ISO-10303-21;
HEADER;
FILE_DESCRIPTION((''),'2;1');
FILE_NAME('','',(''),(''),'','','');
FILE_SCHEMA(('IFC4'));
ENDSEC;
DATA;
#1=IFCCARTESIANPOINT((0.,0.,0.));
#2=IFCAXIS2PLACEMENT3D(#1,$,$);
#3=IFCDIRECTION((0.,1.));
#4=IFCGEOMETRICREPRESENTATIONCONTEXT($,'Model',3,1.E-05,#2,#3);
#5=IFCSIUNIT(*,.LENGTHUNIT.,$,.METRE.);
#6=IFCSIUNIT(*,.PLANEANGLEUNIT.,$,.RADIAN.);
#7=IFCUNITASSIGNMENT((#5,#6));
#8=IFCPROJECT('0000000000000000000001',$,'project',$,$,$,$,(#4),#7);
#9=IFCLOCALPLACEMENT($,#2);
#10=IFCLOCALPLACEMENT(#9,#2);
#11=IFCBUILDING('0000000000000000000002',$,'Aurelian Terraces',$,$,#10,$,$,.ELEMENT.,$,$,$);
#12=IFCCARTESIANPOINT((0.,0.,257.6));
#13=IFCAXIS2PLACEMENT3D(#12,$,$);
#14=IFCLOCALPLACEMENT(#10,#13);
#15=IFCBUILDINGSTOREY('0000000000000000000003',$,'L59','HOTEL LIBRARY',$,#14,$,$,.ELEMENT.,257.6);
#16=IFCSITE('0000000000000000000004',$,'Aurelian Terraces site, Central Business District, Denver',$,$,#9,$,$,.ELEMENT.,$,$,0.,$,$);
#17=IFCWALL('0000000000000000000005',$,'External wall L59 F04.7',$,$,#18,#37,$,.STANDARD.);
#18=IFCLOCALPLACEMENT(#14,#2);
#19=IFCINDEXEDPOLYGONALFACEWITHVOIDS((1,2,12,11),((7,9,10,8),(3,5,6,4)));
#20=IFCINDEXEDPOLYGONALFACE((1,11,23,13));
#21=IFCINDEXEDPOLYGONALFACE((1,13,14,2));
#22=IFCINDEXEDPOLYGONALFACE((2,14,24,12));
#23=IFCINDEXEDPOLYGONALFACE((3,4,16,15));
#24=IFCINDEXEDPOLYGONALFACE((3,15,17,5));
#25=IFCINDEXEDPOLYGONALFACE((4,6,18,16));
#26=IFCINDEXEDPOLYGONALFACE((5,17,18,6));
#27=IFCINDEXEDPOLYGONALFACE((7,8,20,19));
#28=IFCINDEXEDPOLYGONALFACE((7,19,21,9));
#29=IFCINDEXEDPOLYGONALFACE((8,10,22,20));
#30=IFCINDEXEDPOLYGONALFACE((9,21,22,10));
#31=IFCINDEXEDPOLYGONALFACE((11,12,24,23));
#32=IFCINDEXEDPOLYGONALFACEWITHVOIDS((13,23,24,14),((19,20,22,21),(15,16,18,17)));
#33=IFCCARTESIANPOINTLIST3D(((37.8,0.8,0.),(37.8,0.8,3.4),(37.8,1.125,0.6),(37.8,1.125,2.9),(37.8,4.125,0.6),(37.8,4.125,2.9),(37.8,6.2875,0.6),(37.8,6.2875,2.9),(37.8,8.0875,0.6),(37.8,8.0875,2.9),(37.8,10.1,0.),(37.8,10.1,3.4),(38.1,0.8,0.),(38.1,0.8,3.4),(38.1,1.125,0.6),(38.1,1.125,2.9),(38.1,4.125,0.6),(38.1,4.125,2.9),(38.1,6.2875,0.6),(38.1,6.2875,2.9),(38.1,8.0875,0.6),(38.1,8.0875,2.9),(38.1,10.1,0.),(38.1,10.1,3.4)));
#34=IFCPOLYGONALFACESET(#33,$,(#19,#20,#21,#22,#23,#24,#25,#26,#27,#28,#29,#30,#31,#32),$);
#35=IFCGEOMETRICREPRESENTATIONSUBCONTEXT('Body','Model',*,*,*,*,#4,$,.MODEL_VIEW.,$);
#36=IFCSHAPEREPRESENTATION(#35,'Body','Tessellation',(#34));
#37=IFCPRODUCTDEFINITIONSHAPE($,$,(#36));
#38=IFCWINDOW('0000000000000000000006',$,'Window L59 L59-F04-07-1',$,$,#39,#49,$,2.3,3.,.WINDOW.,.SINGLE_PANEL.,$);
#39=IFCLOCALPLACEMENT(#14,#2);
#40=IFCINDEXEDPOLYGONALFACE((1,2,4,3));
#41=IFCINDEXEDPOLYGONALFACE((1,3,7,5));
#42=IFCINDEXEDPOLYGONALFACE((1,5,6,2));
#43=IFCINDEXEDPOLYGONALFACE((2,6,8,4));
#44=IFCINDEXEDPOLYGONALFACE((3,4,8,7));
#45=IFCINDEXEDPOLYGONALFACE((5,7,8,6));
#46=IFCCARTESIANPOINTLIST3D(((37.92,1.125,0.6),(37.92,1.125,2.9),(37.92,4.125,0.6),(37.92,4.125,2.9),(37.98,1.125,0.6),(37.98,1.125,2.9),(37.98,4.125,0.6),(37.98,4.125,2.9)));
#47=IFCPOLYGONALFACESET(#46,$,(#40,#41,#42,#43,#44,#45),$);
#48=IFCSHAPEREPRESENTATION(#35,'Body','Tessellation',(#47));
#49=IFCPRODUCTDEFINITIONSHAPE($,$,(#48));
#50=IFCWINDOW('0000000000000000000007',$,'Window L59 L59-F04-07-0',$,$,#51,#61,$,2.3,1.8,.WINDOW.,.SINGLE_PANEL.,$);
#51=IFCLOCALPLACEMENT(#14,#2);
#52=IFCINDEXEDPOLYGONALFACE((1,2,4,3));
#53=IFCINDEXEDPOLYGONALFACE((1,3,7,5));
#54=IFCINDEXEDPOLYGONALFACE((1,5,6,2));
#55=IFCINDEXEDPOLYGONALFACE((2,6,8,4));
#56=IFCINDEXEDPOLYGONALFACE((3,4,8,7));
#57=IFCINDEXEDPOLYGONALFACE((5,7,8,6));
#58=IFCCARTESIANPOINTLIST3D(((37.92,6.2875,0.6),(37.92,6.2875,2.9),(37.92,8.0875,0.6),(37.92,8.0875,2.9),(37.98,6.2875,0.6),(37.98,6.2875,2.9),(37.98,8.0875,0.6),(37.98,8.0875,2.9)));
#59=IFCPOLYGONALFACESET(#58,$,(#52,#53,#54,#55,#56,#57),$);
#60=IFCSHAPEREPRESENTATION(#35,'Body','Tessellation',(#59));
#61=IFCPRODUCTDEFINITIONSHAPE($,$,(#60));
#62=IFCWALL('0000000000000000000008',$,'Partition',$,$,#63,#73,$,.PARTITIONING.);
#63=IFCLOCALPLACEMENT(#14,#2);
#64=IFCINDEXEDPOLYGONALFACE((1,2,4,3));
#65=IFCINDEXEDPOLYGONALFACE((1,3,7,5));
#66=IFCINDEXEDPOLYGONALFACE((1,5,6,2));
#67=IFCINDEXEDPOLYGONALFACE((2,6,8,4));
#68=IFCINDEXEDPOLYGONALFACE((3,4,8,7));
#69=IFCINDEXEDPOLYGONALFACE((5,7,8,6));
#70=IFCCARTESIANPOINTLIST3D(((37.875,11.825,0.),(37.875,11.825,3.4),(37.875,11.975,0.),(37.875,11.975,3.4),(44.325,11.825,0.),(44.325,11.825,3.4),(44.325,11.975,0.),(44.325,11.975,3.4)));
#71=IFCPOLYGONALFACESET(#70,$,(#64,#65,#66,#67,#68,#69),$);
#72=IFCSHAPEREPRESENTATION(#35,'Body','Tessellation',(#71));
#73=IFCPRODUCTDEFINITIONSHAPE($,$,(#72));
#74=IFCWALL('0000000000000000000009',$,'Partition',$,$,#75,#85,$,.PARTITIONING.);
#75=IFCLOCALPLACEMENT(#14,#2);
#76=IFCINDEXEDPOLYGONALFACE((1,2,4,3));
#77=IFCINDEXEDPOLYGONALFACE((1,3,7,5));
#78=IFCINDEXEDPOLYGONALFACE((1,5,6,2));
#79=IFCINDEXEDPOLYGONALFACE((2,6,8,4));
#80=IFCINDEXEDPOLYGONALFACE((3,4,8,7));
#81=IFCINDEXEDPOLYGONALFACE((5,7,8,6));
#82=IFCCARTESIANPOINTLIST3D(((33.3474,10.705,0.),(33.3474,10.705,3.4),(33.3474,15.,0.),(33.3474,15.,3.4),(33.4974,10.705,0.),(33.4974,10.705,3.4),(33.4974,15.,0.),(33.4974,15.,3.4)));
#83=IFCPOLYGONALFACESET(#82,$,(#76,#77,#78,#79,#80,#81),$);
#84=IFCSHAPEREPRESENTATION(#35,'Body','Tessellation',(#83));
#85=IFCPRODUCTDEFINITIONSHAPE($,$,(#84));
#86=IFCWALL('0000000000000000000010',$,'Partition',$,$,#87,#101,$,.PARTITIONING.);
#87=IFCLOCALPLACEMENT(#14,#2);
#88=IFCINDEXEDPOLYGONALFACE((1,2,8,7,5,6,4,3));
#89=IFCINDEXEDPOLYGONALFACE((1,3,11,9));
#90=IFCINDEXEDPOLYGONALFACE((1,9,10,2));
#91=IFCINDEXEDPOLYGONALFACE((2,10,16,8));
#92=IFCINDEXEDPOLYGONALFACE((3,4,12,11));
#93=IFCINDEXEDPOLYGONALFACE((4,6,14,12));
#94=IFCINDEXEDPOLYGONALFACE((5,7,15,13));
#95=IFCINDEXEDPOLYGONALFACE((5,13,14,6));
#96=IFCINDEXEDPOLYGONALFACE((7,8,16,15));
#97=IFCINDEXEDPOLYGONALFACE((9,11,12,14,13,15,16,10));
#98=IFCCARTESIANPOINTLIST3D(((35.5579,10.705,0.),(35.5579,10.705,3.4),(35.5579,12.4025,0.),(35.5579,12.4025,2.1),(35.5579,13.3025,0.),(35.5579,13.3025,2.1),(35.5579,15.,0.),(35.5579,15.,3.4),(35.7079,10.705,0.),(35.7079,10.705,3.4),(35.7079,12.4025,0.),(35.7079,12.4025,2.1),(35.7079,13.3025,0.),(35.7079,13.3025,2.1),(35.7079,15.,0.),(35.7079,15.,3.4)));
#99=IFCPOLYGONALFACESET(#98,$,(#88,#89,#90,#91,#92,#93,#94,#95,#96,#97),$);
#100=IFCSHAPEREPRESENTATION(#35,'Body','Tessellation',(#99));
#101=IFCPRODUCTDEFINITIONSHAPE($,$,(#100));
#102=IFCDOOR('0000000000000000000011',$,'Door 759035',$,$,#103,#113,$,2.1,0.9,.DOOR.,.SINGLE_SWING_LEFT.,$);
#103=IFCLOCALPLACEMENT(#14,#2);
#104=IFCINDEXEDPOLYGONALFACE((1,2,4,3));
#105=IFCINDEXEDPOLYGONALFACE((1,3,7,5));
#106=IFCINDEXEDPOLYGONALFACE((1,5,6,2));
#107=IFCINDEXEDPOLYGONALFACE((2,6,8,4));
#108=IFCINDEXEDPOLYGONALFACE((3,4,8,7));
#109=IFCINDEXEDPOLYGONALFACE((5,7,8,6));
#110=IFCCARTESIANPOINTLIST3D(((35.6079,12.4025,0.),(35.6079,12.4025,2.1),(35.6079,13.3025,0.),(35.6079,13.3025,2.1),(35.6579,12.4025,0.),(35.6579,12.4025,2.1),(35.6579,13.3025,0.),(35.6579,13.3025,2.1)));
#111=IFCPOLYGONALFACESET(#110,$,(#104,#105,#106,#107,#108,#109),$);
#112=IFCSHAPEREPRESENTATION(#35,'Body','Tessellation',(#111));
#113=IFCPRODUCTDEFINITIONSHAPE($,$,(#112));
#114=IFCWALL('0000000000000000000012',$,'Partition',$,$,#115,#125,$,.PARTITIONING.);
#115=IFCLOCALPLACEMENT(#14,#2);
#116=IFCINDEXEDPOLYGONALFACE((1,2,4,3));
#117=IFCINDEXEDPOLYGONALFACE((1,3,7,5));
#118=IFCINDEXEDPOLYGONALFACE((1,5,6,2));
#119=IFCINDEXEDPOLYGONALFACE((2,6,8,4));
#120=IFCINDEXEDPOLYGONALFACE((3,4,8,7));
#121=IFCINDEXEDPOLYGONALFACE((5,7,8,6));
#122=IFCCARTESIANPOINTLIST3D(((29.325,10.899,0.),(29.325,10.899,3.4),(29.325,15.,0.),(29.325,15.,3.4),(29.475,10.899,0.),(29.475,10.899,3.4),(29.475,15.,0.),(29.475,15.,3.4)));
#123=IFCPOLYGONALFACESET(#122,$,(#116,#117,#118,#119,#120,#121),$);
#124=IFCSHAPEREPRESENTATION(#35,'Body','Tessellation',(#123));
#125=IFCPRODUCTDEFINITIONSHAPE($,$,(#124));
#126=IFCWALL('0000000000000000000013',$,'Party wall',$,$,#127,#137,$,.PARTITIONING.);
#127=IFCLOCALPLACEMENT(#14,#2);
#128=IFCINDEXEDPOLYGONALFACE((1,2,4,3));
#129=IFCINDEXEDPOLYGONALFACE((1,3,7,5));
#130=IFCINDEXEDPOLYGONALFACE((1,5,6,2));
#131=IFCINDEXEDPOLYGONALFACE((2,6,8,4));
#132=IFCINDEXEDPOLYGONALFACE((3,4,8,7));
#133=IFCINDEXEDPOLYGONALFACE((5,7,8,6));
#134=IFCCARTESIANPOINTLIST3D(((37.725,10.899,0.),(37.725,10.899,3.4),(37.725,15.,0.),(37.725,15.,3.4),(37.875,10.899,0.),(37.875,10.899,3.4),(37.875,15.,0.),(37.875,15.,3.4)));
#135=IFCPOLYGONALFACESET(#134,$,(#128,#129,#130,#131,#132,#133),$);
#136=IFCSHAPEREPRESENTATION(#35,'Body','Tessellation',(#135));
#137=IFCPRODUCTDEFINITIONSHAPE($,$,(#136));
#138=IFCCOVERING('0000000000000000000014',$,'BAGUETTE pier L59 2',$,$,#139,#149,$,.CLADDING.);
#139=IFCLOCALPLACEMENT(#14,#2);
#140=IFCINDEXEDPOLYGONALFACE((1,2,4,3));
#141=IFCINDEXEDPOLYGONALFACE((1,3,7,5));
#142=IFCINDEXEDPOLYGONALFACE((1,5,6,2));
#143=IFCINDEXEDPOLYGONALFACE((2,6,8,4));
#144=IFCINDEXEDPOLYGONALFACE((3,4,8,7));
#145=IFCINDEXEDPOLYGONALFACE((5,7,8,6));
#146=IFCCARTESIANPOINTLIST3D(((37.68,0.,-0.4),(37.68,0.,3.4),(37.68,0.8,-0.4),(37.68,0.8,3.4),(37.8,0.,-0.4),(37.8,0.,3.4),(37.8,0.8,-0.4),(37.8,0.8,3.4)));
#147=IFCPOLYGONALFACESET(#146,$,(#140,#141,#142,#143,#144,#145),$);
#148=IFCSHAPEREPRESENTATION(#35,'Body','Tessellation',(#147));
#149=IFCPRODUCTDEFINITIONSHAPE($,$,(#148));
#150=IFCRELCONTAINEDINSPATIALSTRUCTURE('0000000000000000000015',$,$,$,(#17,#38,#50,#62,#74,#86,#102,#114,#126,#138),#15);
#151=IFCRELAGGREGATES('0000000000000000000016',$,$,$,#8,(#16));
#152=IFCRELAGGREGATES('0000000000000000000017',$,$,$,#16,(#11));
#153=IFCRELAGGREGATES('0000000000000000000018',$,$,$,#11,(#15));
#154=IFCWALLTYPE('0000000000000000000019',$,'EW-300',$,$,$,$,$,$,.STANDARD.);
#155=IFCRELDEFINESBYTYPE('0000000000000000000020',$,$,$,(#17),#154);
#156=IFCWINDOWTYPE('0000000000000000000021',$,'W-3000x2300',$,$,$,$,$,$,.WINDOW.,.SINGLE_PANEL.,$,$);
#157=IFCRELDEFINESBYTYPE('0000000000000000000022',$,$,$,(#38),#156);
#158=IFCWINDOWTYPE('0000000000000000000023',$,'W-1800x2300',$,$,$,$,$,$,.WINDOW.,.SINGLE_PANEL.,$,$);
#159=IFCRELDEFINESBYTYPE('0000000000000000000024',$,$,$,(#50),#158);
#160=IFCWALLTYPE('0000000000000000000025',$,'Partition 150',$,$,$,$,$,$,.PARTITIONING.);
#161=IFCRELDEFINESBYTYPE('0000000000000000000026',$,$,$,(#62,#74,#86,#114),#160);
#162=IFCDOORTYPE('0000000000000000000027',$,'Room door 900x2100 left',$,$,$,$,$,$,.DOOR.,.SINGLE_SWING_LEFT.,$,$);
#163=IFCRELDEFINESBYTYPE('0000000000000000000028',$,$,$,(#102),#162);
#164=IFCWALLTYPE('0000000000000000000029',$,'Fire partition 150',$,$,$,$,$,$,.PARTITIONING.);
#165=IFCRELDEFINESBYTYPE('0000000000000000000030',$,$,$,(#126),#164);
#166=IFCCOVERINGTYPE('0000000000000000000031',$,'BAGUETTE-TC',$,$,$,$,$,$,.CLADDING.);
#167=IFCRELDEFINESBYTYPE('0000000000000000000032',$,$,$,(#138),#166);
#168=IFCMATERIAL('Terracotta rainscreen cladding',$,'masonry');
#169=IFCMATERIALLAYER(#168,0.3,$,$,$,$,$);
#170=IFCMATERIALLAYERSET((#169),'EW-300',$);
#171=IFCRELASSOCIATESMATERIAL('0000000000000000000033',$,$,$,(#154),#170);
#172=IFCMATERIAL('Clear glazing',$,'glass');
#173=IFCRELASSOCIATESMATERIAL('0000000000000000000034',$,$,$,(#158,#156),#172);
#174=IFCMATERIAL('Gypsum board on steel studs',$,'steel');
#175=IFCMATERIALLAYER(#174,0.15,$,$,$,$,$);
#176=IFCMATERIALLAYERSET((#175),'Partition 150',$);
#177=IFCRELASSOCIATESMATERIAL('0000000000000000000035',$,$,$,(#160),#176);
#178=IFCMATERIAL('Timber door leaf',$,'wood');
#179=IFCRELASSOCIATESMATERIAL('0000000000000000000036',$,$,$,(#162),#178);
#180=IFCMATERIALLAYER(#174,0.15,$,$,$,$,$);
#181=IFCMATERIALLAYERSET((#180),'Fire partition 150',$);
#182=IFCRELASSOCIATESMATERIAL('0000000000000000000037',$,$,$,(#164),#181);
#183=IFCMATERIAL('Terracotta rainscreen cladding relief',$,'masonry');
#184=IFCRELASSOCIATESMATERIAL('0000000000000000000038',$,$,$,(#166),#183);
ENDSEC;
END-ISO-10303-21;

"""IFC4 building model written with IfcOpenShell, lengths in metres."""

from ifc_helpers import new_model, si_unit, direction, frame, frame_2d, origin, origin_2d, place, context, subcontext, project, spatial, rectangle, extrude, source, transform, mapped, material, layer, layer_set, type_object, element, fill, save


model = new_model("IFC4")

# Units and contexts
model_context = context("Model", 3, precision=1e-05, world=origin(), true_north=direction((0.0, 1.0)))
body_context = subcontext(model_context, "Body", "Model", "MODEL_VIEW")
ifc_project = project(units=[si_unit("LENGTHUNIT", "METRE"), si_unit("PLANEANGLEUNIT", "RADIAN")], contexts=[model_context])

# Site, building, storey
site_placement = place(None, origin())
site = spatial("IfcSite", under=ifc_project, at=site_placement, Name="Aurelian Terraces site, Central Business District, Denver", CompositionType="ELEMENT", RefElevation=0.0)
building_placement = place(site_placement, origin())
building = spatial("IfcBuilding", under=site, at=building_placement, Name="Aurelian Terraces", CompositionType="ELEMENT")
storey_placement = place(building_placement, frame((0.0, 0.0, 257.6)))
storey = spatial("IfcBuildingStorey", under=building, at=storey_placement, Name="L59", Description="HOTEL LIBRARY", CompositionType="ELEMENT", Elevation=257.6)

# Shared definitions
ifc_material_1 = material(Name="Terracotta rainscreen cladding", Category="masonry")
ifc_layer_1 = layer(ifc_material_1, 0.3)
ifc_layer_set_1 = layer_set([ifc_layer_1], Name="EW-300")
wall_type_1 = type_object("IfcWallType", Name="EW-300", PredefinedType="STANDARD", material=ifc_layer_set_1)
shared_shape_1 = source(origin(), body_context, "Body", "SweptSolid", [
    extrude(rectangle(XDim=1.8, YDim=2.3, at=frame_2d((0.9, 1.15))), frame((0.0, 0.16, 0.0), z_axis=(0.0, -1.0, 0.0), x_axis=(1.0, 0.0, 0.0)), (0.0, 0.0, 1.0), 0.32),
])
ifc_material_2 = material(Name="Clear glazing", Category="glass")
window_type_1 = type_object("IfcWindowType", Name="W-1800x2300", PartitioningType="SINGLE_PANEL", PredefinedType="WINDOW", material=ifc_material_2)
shared_shape_2 = source(origin(), body_context, "Body", "SweptSolid", [
    extrude(rectangle(XDim=1.8, YDim=2.3, at=frame_2d((0.9, 1.15))), frame((0.0, 0.03, 0.0), z_axis=(0.0, -1.0, 0.0), x_axis=(1.0, 0.0, 0.0)), (0.0, 0.0, 1.0), 0.06),
])

# Shared definitions
shared_shape_3 = source(origin(), body_context, "Body", "SweptSolid", [
    extrude(rectangle(XDim=3.0, YDim=2.3, at=frame_2d((1.5, 1.15))), frame((0.0, 0.16, 0.0), z_axis=(0.0, -1.0, 0.0), x_axis=(1.0, 0.0, 0.0)), (0.0, 0.0, 1.0), 0.32),
])
window_type_2 = type_object("IfcWindowType", Name="W-3000x2300", PartitioningType="SINGLE_PANEL", PredefinedType="WINDOW", material=ifc_material_2)
shared_shape_4 = source(origin(), body_context, "Body", "SweptSolid", [
    extrude(rectangle(XDim=3.0, YDim=2.3, at=frame_2d((1.5, 1.15))), frame((0.0, 0.03, 0.0), z_axis=(0.0, -1.0, 0.0), x_axis=(1.0, 0.0, 0.0)), (0.0, 0.0, 1.0), 0.06),
])

# Wall, openings, windows
shared_shape_5 = source(origin(), body_context, "Body", "SweptSolid", [
    extrude(rectangle(XDim=9.3, YDim=0.3, at=frame_2d((4.65, 0.0))), origin(), (0.0, 0.0, 1.0), 3.4),
])
wall_1_placement = place(storey_placement, frame((37.95, 10.1, 0.0), z_axis=(0.0, 0.0, 1.0), x_axis=(0.0, -1.0, 0.0)))
wall_1 = element("IfcWall", 1, at=wall_1_placement, inside=storey, type_object=wall_type_1, Name="External wall L59 F04.7", PredefinedType="STANDARD", context=body_context, shape_type="MappedRepresentation", body=[
    mapped(shared_shape_5, transform((0.0, 0.0, 0.0), scale=1.0)),
])
opening_1_placement = place(wall_1_placement, frame((2.0125, 0.0, 0.6)))
opening_1 = element("IfcOpeningElement", 2, at=opening_1_placement, cuts=wall_1, PredefinedType="OPENING", context=body_context, shape_type="MappedRepresentation", body=[
    mapped(shared_shape_1, transform((0.0, 0.0, 0.0), scale=1.0)),
])
opening_2_placement = place(wall_1_placement, frame((5.975, 0.0, 0.6)))
opening_2 = element("IfcOpeningElement", 3, at=opening_2_placement, cuts=wall_1, PredefinedType="OPENING", context=body_context, shape_type="MappedRepresentation", body=[
    mapped(shared_shape_3, transform((0.0, 0.0, 0.0), scale=1.0)),
])
window_1_placement = place(opening_2_placement, origin())
window_1 = element("IfcWindow", 4, at=window_1_placement, inside=storey, type_object=window_type_2, Name="Window L59 L59-F04-07-1", OverallHeight=2.3, OverallWidth=3.0, PartitioningType="SINGLE_PANEL", PredefinedType="WINDOW", context=body_context, shape_type="MappedRepresentation", body=[
    mapped(shared_shape_4, transform((0.0, 0.0, 0.0), scale=1.0)),
])
fill(opening_2, window_1)
window_2_placement = place(opening_1_placement, origin())
window_2 = element("IfcWindow", 5, at=window_2_placement, inside=storey, type_object=window_type_1, Name="Window L59 L59-F04-07-0", OverallHeight=2.3, OverallWidth=1.8, PartitioningType="SINGLE_PANEL", PredefinedType="WINDOW", context=body_context, shape_type="MappedRepresentation", body=[
    mapped(shared_shape_2, transform((0.0, 0.0, 0.0), scale=1.0)),
])
fill(opening_1, window_2)

# Walls
ifc_material_3 = material(Name="Gypsum board on steel studs", Category="steel")
ifc_layer_2 = layer(ifc_material_3, 0.15)
ifc_layer_set_2 = layer_set([ifc_layer_2], Name="Partition 150")
wall_type_2 = type_object("IfcWallType", Name="Partition 150", PredefinedType="PARTITIONING", material=ifc_layer_set_2)
shared_shape_6 = source(origin(), body_context, "Body", "SweptSolid", [
    extrude(rectangle(XDim=6.45, YDim=0.15, at=frame_2d((3.225, 0.0))), origin(), (0.0, 0.0, 1.0), 3.4),
])
wall_2_placement = place(storey_placement, frame((37.875, 11.9, 0.0), z_axis=(0.0, 0.0, 1.0), x_axis=(1.0, 0.0, 0.0)))
element("IfcWall", 6, at=wall_2_placement, inside=storey, type_object=wall_type_2, Name="Partition", PredefinedType="PARTITIONING", context=body_context, shape_type="MappedRepresentation", body=[
    mapped(shared_shape_6, transform((0.0, 0.0, 0.0), scale=1.0)),
])
shared_shape_7 = source(origin(), body_context, "Body", "SweptSolid", [
    extrude(rectangle(XDim=4.295, YDim=0.15, at=frame_2d((2.1475, 0.0))), origin(), (0.0, 0.0, 1.0), 3.4),
])
wall_3_placement = place(storey_placement, frame((33.4224, 10.705, 0.0), z_axis=(0.0, 0.0, 1.0), x_axis=(0.0, 1.0, 0.0)))
element("IfcWall", 7, at=wall_3_placement, inside=storey, type_object=wall_type_2, Name="Partition", PredefinedType="PARTITIONING", context=body_context, shape_type="MappedRepresentation", body=[
    mapped(shared_shape_7, transform((0.0, 0.0, 0.0), scale=1.0)),
])

# Wall, opening, door
wall_4_placement = place(storey_placement, frame((35.6329, 10.705, 0.0), z_axis=(0.0, 0.0, 1.0), x_axis=(0.0, 1.0, 0.0)))
wall_4 = element("IfcWall", 8, at=wall_4_placement, inside=storey, type_object=wall_type_2, Name="Partition", PredefinedType="PARTITIONING", context=body_context, shape_type="MappedRepresentation", body=[
    mapped(shared_shape_7, transform((0.0, 0.0, 0.0), scale=1.0)),
])
shared_shape_8 = source(origin(), body_context, "Body", "SweptSolid", [
    extrude(rectangle(XDim=0.9, YDim=2.1, at=frame_2d((0.45, 1.05))), frame((0.0, 0.085, 0.0), z_axis=(0.0, -1.0, 0.0), x_axis=(1.0, 0.0, 0.0)), (0.0, 0.0, 1.0), 0.17),
])
opening_3_placement = place(wall_4_placement, frame((1.6975, 0.0, 0.0)))
opening_3 = element("IfcOpeningElement", 9, at=opening_3_placement, cuts=wall_4, PredefinedType="OPENING", context=body_context, shape_type="MappedRepresentation", body=[
    mapped(shared_shape_8, transform((0.0, 0.0, 0.0), scale=1.0)),
])
ifc_material_4 = material(Name="Timber door leaf", Category="wood")
door_type_1 = type_object("IfcDoorType", Name="Room door 900x2100 left", OperationType="SINGLE_SWING_LEFT", PredefinedType="DOOR", material=ifc_material_4)
shared_shape_9 = source(origin(), body_context, "Body", "SweptSolid", [
    extrude(rectangle(XDim=0.9, YDim=2.1, at=frame_2d((0.45, 1.05))), frame((0.0, 0.025, 0.0), z_axis=(0.0, -1.0, 0.0), x_axis=(1.0, 0.0, 0.0)), (0.0, 0.0, 1.0), 0.05),
])
door_1_placement = place(opening_3_placement, origin())
door_1 = element("IfcDoor", 10, at=door_1_placement, inside=storey, type_object=door_type_1, Name="Door 759035", OperationType="SINGLE_SWING_LEFT", OverallHeight=2.1, OverallWidth=0.9, PredefinedType="DOOR", context=body_context, shape_type="MappedRepresentation", body=[
    mapped(shared_shape_9, transform((0.0, 0.0, 0.0), scale=1.0)),
])
fill(opening_3, door_1)

# Walls
shared_shape_10 = source(origin(), body_context, "Body", "SweptSolid", [
    extrude(rectangle(XDim=4.101, YDim=0.15, at=frame_2d((2.0505, 0.0))), origin(), (0.0, 0.0, 1.0), 3.4),
])
wall_5_placement = place(storey_placement, frame((29.4, 10.899, 0.0), z_axis=(0.0, 0.0, 1.0), x_axis=(0.0, 1.0, 0.0)))
element("IfcWall", 11, at=wall_5_placement, inside=storey, type_object=wall_type_2, Name="Partition", PredefinedType="PARTITIONING", context=body_context, shape_type="MappedRepresentation", body=[
    mapped(shared_shape_10, transform((0.0, 0.0, 0.0), scale=1.0)),
])
ifc_layer_3 = layer(ifc_material_3, 0.15)
ifc_layer_set_3 = layer_set([ifc_layer_3], Name="Fire partition 150")
wall_type_3 = type_object("IfcWallType", Name="Fire partition 150", PredefinedType="PARTITIONING", material=ifc_layer_set_3)
wall_6_placement = place(storey_placement, frame((37.8, 10.899, 0.0), z_axis=(0.0, 0.0, 1.0), x_axis=(0.0, 1.0, 0.0)))
element("IfcWall", 12, at=wall_6_placement, inside=storey, type_object=wall_type_3, Name="Party wall", PredefinedType="PARTITIONING", context=body_context, shape_type="MappedRepresentation", body=[
    mapped(shared_shape_10, transform((0.0, 0.0, 0.0), scale=1.0)),
])

# Covering
ifc_material_5 = material(Name="Terracotta rainscreen cladding relief", Category="masonry")
covering_type = type_object("IfcCoveringType", Name="BAGUETTE-TC", PredefinedType="CLADDING", material=ifc_material_5)
shared_shape_11 = source(origin(), body_context, "Body", "SweptSolid", [
    extrude(rectangle(XDim=0.12, YDim=0.8, at=origin_2d()), origin(), (0.0, 0.0, 1.0), 3.8),
])
covering_placement = place(storey_placement, frame((37.74, 0.4, -0.4), z_axis=(0.0, 0.0, 1.0), x_axis=(1.0, 0.0, 0.0)))
element("IfcCovering", 13, at=covering_placement, inside=storey, type_object=covering_type, Name="BAGUETTE pier L59 2", PredefinedType="CLADDING", context=body_context, shape_type="MappedRepresentation", body=[
    mapped(shared_shape_11, transform((0.0, 0.0, 0.0), scale=1.0)),
])

save(model, "model.ifc")
